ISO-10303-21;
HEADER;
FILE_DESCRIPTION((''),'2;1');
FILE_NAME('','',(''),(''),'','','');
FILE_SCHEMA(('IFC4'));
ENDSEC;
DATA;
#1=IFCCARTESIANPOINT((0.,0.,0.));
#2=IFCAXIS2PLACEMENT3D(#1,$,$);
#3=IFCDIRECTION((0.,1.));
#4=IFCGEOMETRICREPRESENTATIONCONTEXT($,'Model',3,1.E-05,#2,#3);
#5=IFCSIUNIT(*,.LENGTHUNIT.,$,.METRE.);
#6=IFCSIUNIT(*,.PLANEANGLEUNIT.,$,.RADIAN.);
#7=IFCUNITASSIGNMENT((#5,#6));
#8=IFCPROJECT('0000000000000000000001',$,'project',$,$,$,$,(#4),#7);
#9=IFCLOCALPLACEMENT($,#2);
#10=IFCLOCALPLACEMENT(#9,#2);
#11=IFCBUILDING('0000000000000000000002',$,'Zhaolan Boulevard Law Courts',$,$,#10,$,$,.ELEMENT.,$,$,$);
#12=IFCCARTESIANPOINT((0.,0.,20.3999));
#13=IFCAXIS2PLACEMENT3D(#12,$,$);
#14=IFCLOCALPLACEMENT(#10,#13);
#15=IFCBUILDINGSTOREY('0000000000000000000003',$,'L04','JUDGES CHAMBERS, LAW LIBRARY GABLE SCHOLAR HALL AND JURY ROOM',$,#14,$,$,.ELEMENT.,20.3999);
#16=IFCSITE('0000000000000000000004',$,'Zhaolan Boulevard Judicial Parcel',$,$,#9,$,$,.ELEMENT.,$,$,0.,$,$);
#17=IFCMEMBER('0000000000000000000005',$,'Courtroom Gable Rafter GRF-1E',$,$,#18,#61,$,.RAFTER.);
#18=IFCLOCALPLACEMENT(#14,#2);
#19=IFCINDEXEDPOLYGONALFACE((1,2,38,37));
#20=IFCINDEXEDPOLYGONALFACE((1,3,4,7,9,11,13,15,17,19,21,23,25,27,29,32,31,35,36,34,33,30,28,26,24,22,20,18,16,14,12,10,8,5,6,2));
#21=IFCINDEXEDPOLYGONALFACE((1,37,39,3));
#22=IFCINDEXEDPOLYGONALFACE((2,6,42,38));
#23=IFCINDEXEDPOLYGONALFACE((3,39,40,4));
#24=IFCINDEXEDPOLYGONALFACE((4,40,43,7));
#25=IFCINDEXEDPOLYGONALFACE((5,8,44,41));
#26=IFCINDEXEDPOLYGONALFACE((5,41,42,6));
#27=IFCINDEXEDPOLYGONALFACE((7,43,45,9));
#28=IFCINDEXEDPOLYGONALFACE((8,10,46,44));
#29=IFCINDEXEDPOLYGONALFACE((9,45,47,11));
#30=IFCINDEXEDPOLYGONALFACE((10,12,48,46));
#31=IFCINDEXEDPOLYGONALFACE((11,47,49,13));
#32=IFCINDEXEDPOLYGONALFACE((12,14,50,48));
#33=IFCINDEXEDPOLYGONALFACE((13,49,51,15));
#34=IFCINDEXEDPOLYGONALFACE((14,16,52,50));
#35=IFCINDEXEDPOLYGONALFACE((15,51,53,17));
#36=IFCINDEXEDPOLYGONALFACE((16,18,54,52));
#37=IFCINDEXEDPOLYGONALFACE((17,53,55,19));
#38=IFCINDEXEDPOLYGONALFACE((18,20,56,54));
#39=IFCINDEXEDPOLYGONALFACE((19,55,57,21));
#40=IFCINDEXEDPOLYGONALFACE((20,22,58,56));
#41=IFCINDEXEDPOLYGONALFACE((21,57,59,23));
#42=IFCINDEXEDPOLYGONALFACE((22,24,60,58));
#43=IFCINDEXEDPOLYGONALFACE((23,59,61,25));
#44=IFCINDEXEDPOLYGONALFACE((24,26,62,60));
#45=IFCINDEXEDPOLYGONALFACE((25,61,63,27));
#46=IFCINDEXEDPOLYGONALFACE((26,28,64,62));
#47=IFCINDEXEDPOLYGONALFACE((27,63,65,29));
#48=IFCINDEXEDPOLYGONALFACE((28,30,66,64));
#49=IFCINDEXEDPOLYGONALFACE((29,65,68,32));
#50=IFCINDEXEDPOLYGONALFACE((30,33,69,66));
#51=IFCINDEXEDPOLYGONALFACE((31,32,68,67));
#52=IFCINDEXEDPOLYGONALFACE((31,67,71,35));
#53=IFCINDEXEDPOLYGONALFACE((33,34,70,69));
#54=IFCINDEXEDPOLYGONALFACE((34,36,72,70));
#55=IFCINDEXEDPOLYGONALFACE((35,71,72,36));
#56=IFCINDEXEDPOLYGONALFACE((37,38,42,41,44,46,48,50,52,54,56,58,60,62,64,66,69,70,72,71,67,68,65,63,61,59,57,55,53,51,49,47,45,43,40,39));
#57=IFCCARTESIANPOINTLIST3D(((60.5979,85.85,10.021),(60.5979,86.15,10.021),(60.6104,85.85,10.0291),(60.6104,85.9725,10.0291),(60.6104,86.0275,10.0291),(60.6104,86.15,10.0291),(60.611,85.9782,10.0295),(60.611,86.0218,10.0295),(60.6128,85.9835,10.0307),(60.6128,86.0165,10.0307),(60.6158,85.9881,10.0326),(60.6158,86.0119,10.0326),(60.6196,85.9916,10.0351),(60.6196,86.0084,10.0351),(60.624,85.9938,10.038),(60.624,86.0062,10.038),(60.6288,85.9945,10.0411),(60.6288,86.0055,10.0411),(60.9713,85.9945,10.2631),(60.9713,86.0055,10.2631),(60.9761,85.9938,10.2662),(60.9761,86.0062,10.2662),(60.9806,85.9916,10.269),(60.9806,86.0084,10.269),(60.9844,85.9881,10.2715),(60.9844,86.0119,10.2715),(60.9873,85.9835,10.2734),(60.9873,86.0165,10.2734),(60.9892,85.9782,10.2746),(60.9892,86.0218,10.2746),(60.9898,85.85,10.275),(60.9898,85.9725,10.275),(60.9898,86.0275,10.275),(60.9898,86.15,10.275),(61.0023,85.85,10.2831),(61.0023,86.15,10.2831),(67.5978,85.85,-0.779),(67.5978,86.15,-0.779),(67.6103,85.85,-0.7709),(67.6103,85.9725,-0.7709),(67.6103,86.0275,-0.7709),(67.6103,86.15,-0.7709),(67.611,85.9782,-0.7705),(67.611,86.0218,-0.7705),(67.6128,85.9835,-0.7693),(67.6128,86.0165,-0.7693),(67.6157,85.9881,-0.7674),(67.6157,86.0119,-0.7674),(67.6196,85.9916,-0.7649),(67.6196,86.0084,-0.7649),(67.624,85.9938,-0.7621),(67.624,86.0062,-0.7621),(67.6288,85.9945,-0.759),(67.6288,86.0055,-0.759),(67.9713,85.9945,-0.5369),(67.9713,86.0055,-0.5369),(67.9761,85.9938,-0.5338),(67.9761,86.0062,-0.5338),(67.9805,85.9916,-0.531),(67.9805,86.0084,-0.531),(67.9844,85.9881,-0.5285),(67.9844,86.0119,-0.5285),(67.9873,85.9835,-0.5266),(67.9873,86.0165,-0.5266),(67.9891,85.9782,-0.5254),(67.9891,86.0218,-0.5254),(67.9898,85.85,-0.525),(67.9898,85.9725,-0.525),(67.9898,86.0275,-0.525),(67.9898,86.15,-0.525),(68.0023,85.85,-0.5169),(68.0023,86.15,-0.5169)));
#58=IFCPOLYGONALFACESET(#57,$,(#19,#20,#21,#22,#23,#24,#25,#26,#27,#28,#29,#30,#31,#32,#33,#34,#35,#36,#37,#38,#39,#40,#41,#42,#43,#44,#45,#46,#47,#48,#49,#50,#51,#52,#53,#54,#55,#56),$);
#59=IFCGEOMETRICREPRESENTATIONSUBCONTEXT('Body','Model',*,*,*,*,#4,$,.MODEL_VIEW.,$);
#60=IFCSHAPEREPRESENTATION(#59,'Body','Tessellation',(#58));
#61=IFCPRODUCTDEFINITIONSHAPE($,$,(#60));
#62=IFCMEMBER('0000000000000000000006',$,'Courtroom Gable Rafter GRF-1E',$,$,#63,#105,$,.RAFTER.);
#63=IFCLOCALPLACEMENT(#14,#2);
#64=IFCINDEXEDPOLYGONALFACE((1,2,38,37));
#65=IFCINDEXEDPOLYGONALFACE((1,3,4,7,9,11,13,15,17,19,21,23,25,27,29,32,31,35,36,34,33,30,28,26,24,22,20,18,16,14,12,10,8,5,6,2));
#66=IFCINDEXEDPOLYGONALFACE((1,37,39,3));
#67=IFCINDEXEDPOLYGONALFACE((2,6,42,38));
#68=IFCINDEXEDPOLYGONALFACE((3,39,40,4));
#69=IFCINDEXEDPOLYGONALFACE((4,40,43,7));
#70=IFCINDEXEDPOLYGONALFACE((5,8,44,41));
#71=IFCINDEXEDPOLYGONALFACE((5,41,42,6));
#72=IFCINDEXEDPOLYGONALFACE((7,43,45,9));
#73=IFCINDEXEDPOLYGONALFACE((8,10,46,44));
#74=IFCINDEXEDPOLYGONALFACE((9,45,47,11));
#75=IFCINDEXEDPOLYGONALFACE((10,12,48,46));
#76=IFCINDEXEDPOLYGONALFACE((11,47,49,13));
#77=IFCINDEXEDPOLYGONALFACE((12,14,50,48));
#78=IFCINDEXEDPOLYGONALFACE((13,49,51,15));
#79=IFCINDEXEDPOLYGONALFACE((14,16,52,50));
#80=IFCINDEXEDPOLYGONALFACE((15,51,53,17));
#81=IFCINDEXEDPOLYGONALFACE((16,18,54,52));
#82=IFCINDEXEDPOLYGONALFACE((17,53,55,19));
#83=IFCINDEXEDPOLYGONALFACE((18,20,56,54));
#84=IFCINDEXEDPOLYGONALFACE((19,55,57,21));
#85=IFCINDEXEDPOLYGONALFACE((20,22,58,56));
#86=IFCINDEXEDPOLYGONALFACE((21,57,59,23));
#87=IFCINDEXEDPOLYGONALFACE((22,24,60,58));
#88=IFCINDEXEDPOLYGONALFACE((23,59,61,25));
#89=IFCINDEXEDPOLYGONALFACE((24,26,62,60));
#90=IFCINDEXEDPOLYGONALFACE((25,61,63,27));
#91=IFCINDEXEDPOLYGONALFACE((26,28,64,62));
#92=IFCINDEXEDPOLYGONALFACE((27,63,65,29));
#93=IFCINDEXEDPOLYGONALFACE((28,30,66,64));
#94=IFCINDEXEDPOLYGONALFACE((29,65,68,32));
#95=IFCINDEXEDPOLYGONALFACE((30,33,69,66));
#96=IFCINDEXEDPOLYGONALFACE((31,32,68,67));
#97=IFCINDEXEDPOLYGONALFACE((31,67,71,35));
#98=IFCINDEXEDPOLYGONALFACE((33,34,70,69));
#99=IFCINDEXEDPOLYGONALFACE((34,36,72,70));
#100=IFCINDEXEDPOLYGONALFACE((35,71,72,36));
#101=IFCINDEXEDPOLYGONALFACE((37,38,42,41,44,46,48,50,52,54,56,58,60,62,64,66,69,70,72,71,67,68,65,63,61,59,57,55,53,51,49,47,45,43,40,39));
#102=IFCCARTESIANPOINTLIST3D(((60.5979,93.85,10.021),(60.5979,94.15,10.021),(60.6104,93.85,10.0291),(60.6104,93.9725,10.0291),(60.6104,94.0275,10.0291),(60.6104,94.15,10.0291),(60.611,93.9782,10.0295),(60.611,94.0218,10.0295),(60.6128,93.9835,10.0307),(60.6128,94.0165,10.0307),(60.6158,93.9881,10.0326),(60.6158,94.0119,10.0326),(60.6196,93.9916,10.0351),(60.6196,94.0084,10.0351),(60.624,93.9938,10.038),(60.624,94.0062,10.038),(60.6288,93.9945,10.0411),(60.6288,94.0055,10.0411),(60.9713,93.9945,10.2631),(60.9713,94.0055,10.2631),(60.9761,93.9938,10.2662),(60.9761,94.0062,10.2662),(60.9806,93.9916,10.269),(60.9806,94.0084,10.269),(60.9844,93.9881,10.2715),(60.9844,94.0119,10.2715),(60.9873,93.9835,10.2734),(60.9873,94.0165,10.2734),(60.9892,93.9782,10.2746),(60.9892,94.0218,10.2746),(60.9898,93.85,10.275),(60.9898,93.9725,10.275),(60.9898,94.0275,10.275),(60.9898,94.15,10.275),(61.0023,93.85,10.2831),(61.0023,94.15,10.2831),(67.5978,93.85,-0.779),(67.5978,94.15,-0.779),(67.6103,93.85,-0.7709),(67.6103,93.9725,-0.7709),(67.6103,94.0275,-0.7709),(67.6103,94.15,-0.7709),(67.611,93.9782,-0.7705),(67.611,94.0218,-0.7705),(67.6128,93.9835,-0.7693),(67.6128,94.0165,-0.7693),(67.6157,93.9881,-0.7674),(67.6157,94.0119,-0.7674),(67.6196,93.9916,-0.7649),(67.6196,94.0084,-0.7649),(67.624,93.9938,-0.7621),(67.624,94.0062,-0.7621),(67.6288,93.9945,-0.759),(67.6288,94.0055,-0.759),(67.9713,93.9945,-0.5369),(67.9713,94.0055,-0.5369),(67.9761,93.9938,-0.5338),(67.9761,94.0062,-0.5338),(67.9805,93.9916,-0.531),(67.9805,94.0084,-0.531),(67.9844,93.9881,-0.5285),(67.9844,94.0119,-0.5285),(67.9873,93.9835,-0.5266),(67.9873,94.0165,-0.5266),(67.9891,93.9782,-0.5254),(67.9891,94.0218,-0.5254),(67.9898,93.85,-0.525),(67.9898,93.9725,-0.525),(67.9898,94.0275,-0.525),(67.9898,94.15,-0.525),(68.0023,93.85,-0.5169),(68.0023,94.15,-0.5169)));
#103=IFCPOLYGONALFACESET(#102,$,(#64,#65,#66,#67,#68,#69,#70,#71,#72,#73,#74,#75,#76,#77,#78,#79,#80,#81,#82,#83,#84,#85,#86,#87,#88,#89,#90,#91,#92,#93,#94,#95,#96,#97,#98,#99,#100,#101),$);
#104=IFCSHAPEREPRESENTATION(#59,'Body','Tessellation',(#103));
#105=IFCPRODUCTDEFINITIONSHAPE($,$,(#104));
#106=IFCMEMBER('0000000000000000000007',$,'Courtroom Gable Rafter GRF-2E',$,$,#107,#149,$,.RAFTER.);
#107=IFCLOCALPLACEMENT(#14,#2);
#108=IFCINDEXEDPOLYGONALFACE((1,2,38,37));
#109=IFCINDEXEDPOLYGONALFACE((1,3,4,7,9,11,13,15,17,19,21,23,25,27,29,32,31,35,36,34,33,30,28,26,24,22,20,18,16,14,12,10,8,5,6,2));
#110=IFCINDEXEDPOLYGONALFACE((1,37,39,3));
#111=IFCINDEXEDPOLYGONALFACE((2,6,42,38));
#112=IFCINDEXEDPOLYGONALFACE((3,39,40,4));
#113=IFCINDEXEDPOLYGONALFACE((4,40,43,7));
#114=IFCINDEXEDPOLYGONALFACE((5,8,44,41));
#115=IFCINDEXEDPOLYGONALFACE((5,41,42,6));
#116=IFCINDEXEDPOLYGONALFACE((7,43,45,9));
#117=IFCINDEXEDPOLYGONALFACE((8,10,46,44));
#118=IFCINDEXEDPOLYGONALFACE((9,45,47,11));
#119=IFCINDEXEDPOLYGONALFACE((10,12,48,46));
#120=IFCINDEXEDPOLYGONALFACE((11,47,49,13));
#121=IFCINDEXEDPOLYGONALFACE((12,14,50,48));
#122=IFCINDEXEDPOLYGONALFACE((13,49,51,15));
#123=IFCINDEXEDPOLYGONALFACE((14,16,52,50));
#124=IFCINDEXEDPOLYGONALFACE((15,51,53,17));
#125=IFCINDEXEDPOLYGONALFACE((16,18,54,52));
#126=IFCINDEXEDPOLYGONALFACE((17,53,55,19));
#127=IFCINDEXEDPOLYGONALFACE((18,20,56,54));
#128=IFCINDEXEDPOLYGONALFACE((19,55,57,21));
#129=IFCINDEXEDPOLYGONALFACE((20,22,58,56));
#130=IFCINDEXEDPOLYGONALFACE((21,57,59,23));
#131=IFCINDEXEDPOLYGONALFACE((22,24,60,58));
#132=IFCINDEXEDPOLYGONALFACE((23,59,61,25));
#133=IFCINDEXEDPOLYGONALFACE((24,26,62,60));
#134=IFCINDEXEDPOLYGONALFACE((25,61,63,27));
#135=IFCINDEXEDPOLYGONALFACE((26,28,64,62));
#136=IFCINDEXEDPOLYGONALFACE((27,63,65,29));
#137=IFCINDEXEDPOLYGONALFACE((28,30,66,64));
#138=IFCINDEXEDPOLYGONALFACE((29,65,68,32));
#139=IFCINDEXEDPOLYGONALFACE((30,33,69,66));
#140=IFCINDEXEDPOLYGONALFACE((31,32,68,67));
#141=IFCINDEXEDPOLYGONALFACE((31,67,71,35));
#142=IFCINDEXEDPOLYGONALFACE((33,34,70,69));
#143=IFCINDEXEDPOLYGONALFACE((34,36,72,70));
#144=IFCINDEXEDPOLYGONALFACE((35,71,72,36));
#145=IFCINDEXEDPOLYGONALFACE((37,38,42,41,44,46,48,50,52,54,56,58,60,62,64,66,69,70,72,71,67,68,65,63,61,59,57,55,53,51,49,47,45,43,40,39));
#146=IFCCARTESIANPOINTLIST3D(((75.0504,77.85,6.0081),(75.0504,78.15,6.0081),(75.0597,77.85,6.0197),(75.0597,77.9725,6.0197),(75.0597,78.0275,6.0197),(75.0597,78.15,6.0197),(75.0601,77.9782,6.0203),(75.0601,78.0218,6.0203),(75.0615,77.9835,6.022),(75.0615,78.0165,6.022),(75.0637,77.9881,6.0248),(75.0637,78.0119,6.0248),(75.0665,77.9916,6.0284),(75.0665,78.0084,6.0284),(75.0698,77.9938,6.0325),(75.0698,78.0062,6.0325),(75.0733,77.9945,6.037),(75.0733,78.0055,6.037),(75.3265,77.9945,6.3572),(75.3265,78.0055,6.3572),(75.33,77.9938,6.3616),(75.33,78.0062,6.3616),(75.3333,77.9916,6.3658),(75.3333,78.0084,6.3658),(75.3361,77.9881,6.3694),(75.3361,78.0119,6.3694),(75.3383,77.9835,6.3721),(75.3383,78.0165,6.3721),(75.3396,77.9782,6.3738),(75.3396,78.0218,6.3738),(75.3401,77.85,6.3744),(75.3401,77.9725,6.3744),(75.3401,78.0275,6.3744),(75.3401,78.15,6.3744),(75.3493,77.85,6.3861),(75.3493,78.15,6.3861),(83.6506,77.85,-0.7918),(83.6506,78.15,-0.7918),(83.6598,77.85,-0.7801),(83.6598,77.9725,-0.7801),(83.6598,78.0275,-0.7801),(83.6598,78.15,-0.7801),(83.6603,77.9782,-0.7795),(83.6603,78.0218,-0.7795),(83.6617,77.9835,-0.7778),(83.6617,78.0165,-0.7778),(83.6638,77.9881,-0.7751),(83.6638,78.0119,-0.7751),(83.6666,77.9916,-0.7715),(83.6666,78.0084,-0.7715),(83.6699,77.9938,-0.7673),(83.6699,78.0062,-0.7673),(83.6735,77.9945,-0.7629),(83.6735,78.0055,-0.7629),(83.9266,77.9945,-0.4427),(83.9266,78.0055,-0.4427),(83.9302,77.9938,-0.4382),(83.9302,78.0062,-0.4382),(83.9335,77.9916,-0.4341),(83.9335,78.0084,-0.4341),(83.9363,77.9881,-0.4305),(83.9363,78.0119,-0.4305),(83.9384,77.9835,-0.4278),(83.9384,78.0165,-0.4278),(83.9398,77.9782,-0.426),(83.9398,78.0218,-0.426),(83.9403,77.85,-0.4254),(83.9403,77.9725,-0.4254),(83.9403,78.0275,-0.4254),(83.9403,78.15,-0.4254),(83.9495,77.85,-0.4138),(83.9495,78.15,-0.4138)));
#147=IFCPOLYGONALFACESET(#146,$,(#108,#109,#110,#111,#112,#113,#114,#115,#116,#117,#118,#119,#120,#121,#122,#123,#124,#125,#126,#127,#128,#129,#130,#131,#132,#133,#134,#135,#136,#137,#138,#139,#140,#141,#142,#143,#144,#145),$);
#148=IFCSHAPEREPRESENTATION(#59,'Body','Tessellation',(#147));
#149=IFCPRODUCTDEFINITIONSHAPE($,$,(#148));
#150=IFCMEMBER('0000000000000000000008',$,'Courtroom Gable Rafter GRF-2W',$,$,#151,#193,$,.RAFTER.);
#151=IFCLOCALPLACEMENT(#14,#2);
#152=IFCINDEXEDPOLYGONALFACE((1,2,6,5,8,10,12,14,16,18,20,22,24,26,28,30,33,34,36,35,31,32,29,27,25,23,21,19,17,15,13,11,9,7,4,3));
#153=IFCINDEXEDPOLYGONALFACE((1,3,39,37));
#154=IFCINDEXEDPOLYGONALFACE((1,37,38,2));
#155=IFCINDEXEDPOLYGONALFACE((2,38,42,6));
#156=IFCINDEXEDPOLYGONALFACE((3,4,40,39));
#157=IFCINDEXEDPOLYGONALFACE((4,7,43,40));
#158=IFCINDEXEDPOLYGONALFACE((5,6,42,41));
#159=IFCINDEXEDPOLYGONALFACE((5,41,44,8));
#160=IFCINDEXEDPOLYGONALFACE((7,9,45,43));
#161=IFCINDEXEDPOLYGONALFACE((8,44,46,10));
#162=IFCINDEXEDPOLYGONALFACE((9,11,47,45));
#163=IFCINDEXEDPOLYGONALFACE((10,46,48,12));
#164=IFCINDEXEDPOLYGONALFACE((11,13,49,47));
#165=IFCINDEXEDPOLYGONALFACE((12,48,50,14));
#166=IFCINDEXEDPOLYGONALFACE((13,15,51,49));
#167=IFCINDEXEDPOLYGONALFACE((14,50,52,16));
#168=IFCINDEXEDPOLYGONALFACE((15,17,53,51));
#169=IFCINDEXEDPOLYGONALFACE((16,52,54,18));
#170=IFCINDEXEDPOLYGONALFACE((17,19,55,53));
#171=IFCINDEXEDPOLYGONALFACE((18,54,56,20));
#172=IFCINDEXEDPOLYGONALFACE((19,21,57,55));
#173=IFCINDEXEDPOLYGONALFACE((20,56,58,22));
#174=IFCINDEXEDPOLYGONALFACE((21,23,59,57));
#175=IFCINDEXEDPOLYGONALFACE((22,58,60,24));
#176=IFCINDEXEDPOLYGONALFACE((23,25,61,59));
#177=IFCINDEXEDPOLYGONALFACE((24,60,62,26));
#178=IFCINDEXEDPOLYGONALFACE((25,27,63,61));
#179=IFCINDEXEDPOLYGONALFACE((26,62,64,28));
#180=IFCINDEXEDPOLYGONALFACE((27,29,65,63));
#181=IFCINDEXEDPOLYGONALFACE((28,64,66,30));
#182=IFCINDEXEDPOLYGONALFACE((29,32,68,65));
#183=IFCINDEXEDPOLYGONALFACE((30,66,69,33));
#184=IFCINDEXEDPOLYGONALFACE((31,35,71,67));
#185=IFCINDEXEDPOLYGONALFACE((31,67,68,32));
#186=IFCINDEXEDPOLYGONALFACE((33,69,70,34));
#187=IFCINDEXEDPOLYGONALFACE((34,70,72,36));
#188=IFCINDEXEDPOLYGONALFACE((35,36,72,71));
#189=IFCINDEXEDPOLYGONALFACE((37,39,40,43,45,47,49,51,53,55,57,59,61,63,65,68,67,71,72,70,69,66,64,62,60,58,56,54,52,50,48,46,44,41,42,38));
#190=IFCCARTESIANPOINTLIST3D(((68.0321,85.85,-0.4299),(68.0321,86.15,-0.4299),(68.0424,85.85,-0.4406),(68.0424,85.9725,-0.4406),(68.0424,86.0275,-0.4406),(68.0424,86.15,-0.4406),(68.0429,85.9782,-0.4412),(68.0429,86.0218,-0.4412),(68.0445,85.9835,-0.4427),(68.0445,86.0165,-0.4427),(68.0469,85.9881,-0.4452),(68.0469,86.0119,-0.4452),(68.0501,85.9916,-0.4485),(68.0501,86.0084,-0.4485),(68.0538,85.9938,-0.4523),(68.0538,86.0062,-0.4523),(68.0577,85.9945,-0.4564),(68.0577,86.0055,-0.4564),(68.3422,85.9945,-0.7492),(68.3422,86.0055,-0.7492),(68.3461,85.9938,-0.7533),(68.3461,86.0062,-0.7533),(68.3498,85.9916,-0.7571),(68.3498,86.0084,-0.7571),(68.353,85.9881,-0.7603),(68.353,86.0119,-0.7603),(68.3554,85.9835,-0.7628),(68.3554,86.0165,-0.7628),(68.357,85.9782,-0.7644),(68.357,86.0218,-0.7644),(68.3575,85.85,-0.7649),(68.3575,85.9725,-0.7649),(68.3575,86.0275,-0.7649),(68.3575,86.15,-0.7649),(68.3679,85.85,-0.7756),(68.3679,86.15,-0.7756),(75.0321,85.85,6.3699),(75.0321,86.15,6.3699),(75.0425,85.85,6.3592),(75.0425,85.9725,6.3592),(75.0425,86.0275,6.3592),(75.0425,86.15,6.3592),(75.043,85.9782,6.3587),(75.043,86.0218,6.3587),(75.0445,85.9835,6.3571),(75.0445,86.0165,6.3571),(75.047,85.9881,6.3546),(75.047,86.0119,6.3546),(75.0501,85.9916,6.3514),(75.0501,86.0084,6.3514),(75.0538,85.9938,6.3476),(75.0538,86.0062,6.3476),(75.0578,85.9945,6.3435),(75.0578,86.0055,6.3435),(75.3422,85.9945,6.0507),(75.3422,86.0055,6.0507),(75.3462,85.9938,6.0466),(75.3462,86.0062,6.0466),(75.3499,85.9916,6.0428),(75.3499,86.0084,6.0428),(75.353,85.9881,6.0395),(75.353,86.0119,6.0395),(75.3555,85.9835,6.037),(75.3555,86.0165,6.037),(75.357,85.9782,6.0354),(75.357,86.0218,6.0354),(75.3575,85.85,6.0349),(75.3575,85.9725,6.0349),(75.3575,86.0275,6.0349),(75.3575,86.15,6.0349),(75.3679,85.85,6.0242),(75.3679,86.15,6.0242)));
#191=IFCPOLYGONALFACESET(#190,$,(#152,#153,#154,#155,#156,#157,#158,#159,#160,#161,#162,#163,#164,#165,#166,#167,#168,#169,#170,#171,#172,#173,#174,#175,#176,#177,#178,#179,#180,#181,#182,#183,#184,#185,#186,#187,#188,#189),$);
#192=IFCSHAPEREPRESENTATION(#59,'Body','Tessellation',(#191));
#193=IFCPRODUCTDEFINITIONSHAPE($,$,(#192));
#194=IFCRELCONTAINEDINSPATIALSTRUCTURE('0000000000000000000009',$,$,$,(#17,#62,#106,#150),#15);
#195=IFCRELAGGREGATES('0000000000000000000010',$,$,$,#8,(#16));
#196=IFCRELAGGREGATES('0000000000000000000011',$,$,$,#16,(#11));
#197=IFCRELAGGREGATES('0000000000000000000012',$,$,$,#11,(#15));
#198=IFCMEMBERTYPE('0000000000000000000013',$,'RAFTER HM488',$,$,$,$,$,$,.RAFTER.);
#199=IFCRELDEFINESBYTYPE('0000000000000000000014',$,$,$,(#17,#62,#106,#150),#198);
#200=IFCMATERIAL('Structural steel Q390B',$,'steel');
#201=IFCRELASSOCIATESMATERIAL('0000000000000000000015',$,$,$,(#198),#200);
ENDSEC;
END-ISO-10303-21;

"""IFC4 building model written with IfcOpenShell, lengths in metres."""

from ifc_helpers import new_model, si_unit, direction, frame, origin, origin_2d, place, context, subcontext, project, spatial, i_section, extrude, material, material_profile, profile_set, type_object, element, save


model = new_model("IFC4")

# Units and contexts
model_context = context("Model", 3, precision=1e-05, world=origin(), true_north=direction((0.0, 1.0)))
body_context = subcontext(model_context, "Body", "Model", "MODEL_VIEW")
ifc_project = project(units=[si_unit("LENGTHUNIT", "METRE"), si_unit("PLANEANGLEUNIT", "RADIAN")], contexts=[model_context])

# Site, building, storey
site_placement = place(None, origin())
site = spatial("IfcSite", under=ifc_project, at=site_placement, Name="Zhaolan Boulevard Judicial Parcel", CompositionType="ELEMENT", RefElevation=0.0)
building_placement = place(site_placement, origin())
building = spatial("IfcBuilding", under=site, at=building_placement, Name="Zhaolan Boulevard Law Courts", CompositionType="ELEMENT")
storey_placement = place(building_placement, frame((0.0, 0.0, 20.3999)))
storey = spatial("IfcBuildingStorey", under=building, at=storey_placement, Name="L04", Description="JUDGES CHAMBERS, LAW LIBRARY GABLE SCHOLAR HALL AND JURY ROOM", CompositionType="ELEMENT", Elevation=20.3999)

# Members
ifc_material_1 = material(Name="Structural steel Q390B", Category="steel")
ifc_material_profile = material_profile(ifc_material_1, i_section(OverallWidth=0.3, OverallDepth=0.4819, WebThickness=0.011, FlangeThickness=0.0149, FilletRadius=0.022, at=origin_2d()), Name="HM482x300")
ifc_profile_set = profile_set([ifc_material_profile], Name="Structural steel Q390B")
member_type = type_object("IfcMemberType", Name="RAFTER HM488", PredefinedType="RAFTER", material=ifc_profile_set)
for number, where, z_axis, x_axis, name in (
    (1, (67.8, 86.0, -0.6479), (-0.543894, 0.0, 0.839154), (0.0, -1.0, 0.0), "Courtroom Gable Rafter GRF-1E"),
    (2, (67.8, 94.0, -0.6479), (-0.543894, 0.0, 0.839154), (0.0, -1.0, 0.0), "Courtroom Gable Rafter GRF-1E"),
):
    element("IfcMember", number, at=place(storey_placement, frame(where, z_axis=z_axis, x_axis=x_axis)), inside=storey, type_object=member_type, Name=name, PredefinedType="RAFTER", context=body_context, shape_type="SweptSolid", body=[
        extrude(i_section(OverallWidth=0.3, OverallDepth=0.4819, WebThickness=0.011, FlangeThickness=0.0149, FilletRadius=0.022, at=origin_2d()), origin(), (0.0, 0.0, 1.0), 12.8701),
    ])
member_1_placement = place(storey_placement, frame((83.8, 78.0, -0.6028), z_axis=(-0.784428, 0.0, 0.62022), x_axis=(0.0, -1.0, 0.0)))
element("IfcMember", 3, at=member_1_placement, inside=storey, type_object=member_type, Name="Courtroom Gable Rafter GRF-2E", PredefinedType="RAFTER", context=body_context, shape_type="SweptSolid", body=[
    extrude(i_section(OverallWidth=0.3, OverallDepth=0.4819, WebThickness=0.011, FlangeThickness=0.0149, FilletRadius=0.022, at=origin_2d()), origin(), (0.0, 0.0, 1.0), 10.9636),
])
member_2_placement = place(storey_placement, frame((68.2, 86.0, -0.6028), z_axis=(0.717289, 0.0, 0.696775), x_axis=(0.0, 1.0, 0.0)))
element("IfcMember", 4, at=member_2_placement, inside=storey, type_object=member_type, Name="Courtroom Gable Rafter GRF-2W", PredefinedType="RAFTER", context=body_context, shape_type="SweptSolid", body=[
    extrude(i_section(OverallWidth=0.3, OverallDepth=0.4819, WebThickness=0.011, FlangeThickness=0.0149, FilletRadius=0.022, at=origin_2d()), origin(), (0.0, 0.0, 1.0), 9.759),
])

save(model, "model.ifc")
